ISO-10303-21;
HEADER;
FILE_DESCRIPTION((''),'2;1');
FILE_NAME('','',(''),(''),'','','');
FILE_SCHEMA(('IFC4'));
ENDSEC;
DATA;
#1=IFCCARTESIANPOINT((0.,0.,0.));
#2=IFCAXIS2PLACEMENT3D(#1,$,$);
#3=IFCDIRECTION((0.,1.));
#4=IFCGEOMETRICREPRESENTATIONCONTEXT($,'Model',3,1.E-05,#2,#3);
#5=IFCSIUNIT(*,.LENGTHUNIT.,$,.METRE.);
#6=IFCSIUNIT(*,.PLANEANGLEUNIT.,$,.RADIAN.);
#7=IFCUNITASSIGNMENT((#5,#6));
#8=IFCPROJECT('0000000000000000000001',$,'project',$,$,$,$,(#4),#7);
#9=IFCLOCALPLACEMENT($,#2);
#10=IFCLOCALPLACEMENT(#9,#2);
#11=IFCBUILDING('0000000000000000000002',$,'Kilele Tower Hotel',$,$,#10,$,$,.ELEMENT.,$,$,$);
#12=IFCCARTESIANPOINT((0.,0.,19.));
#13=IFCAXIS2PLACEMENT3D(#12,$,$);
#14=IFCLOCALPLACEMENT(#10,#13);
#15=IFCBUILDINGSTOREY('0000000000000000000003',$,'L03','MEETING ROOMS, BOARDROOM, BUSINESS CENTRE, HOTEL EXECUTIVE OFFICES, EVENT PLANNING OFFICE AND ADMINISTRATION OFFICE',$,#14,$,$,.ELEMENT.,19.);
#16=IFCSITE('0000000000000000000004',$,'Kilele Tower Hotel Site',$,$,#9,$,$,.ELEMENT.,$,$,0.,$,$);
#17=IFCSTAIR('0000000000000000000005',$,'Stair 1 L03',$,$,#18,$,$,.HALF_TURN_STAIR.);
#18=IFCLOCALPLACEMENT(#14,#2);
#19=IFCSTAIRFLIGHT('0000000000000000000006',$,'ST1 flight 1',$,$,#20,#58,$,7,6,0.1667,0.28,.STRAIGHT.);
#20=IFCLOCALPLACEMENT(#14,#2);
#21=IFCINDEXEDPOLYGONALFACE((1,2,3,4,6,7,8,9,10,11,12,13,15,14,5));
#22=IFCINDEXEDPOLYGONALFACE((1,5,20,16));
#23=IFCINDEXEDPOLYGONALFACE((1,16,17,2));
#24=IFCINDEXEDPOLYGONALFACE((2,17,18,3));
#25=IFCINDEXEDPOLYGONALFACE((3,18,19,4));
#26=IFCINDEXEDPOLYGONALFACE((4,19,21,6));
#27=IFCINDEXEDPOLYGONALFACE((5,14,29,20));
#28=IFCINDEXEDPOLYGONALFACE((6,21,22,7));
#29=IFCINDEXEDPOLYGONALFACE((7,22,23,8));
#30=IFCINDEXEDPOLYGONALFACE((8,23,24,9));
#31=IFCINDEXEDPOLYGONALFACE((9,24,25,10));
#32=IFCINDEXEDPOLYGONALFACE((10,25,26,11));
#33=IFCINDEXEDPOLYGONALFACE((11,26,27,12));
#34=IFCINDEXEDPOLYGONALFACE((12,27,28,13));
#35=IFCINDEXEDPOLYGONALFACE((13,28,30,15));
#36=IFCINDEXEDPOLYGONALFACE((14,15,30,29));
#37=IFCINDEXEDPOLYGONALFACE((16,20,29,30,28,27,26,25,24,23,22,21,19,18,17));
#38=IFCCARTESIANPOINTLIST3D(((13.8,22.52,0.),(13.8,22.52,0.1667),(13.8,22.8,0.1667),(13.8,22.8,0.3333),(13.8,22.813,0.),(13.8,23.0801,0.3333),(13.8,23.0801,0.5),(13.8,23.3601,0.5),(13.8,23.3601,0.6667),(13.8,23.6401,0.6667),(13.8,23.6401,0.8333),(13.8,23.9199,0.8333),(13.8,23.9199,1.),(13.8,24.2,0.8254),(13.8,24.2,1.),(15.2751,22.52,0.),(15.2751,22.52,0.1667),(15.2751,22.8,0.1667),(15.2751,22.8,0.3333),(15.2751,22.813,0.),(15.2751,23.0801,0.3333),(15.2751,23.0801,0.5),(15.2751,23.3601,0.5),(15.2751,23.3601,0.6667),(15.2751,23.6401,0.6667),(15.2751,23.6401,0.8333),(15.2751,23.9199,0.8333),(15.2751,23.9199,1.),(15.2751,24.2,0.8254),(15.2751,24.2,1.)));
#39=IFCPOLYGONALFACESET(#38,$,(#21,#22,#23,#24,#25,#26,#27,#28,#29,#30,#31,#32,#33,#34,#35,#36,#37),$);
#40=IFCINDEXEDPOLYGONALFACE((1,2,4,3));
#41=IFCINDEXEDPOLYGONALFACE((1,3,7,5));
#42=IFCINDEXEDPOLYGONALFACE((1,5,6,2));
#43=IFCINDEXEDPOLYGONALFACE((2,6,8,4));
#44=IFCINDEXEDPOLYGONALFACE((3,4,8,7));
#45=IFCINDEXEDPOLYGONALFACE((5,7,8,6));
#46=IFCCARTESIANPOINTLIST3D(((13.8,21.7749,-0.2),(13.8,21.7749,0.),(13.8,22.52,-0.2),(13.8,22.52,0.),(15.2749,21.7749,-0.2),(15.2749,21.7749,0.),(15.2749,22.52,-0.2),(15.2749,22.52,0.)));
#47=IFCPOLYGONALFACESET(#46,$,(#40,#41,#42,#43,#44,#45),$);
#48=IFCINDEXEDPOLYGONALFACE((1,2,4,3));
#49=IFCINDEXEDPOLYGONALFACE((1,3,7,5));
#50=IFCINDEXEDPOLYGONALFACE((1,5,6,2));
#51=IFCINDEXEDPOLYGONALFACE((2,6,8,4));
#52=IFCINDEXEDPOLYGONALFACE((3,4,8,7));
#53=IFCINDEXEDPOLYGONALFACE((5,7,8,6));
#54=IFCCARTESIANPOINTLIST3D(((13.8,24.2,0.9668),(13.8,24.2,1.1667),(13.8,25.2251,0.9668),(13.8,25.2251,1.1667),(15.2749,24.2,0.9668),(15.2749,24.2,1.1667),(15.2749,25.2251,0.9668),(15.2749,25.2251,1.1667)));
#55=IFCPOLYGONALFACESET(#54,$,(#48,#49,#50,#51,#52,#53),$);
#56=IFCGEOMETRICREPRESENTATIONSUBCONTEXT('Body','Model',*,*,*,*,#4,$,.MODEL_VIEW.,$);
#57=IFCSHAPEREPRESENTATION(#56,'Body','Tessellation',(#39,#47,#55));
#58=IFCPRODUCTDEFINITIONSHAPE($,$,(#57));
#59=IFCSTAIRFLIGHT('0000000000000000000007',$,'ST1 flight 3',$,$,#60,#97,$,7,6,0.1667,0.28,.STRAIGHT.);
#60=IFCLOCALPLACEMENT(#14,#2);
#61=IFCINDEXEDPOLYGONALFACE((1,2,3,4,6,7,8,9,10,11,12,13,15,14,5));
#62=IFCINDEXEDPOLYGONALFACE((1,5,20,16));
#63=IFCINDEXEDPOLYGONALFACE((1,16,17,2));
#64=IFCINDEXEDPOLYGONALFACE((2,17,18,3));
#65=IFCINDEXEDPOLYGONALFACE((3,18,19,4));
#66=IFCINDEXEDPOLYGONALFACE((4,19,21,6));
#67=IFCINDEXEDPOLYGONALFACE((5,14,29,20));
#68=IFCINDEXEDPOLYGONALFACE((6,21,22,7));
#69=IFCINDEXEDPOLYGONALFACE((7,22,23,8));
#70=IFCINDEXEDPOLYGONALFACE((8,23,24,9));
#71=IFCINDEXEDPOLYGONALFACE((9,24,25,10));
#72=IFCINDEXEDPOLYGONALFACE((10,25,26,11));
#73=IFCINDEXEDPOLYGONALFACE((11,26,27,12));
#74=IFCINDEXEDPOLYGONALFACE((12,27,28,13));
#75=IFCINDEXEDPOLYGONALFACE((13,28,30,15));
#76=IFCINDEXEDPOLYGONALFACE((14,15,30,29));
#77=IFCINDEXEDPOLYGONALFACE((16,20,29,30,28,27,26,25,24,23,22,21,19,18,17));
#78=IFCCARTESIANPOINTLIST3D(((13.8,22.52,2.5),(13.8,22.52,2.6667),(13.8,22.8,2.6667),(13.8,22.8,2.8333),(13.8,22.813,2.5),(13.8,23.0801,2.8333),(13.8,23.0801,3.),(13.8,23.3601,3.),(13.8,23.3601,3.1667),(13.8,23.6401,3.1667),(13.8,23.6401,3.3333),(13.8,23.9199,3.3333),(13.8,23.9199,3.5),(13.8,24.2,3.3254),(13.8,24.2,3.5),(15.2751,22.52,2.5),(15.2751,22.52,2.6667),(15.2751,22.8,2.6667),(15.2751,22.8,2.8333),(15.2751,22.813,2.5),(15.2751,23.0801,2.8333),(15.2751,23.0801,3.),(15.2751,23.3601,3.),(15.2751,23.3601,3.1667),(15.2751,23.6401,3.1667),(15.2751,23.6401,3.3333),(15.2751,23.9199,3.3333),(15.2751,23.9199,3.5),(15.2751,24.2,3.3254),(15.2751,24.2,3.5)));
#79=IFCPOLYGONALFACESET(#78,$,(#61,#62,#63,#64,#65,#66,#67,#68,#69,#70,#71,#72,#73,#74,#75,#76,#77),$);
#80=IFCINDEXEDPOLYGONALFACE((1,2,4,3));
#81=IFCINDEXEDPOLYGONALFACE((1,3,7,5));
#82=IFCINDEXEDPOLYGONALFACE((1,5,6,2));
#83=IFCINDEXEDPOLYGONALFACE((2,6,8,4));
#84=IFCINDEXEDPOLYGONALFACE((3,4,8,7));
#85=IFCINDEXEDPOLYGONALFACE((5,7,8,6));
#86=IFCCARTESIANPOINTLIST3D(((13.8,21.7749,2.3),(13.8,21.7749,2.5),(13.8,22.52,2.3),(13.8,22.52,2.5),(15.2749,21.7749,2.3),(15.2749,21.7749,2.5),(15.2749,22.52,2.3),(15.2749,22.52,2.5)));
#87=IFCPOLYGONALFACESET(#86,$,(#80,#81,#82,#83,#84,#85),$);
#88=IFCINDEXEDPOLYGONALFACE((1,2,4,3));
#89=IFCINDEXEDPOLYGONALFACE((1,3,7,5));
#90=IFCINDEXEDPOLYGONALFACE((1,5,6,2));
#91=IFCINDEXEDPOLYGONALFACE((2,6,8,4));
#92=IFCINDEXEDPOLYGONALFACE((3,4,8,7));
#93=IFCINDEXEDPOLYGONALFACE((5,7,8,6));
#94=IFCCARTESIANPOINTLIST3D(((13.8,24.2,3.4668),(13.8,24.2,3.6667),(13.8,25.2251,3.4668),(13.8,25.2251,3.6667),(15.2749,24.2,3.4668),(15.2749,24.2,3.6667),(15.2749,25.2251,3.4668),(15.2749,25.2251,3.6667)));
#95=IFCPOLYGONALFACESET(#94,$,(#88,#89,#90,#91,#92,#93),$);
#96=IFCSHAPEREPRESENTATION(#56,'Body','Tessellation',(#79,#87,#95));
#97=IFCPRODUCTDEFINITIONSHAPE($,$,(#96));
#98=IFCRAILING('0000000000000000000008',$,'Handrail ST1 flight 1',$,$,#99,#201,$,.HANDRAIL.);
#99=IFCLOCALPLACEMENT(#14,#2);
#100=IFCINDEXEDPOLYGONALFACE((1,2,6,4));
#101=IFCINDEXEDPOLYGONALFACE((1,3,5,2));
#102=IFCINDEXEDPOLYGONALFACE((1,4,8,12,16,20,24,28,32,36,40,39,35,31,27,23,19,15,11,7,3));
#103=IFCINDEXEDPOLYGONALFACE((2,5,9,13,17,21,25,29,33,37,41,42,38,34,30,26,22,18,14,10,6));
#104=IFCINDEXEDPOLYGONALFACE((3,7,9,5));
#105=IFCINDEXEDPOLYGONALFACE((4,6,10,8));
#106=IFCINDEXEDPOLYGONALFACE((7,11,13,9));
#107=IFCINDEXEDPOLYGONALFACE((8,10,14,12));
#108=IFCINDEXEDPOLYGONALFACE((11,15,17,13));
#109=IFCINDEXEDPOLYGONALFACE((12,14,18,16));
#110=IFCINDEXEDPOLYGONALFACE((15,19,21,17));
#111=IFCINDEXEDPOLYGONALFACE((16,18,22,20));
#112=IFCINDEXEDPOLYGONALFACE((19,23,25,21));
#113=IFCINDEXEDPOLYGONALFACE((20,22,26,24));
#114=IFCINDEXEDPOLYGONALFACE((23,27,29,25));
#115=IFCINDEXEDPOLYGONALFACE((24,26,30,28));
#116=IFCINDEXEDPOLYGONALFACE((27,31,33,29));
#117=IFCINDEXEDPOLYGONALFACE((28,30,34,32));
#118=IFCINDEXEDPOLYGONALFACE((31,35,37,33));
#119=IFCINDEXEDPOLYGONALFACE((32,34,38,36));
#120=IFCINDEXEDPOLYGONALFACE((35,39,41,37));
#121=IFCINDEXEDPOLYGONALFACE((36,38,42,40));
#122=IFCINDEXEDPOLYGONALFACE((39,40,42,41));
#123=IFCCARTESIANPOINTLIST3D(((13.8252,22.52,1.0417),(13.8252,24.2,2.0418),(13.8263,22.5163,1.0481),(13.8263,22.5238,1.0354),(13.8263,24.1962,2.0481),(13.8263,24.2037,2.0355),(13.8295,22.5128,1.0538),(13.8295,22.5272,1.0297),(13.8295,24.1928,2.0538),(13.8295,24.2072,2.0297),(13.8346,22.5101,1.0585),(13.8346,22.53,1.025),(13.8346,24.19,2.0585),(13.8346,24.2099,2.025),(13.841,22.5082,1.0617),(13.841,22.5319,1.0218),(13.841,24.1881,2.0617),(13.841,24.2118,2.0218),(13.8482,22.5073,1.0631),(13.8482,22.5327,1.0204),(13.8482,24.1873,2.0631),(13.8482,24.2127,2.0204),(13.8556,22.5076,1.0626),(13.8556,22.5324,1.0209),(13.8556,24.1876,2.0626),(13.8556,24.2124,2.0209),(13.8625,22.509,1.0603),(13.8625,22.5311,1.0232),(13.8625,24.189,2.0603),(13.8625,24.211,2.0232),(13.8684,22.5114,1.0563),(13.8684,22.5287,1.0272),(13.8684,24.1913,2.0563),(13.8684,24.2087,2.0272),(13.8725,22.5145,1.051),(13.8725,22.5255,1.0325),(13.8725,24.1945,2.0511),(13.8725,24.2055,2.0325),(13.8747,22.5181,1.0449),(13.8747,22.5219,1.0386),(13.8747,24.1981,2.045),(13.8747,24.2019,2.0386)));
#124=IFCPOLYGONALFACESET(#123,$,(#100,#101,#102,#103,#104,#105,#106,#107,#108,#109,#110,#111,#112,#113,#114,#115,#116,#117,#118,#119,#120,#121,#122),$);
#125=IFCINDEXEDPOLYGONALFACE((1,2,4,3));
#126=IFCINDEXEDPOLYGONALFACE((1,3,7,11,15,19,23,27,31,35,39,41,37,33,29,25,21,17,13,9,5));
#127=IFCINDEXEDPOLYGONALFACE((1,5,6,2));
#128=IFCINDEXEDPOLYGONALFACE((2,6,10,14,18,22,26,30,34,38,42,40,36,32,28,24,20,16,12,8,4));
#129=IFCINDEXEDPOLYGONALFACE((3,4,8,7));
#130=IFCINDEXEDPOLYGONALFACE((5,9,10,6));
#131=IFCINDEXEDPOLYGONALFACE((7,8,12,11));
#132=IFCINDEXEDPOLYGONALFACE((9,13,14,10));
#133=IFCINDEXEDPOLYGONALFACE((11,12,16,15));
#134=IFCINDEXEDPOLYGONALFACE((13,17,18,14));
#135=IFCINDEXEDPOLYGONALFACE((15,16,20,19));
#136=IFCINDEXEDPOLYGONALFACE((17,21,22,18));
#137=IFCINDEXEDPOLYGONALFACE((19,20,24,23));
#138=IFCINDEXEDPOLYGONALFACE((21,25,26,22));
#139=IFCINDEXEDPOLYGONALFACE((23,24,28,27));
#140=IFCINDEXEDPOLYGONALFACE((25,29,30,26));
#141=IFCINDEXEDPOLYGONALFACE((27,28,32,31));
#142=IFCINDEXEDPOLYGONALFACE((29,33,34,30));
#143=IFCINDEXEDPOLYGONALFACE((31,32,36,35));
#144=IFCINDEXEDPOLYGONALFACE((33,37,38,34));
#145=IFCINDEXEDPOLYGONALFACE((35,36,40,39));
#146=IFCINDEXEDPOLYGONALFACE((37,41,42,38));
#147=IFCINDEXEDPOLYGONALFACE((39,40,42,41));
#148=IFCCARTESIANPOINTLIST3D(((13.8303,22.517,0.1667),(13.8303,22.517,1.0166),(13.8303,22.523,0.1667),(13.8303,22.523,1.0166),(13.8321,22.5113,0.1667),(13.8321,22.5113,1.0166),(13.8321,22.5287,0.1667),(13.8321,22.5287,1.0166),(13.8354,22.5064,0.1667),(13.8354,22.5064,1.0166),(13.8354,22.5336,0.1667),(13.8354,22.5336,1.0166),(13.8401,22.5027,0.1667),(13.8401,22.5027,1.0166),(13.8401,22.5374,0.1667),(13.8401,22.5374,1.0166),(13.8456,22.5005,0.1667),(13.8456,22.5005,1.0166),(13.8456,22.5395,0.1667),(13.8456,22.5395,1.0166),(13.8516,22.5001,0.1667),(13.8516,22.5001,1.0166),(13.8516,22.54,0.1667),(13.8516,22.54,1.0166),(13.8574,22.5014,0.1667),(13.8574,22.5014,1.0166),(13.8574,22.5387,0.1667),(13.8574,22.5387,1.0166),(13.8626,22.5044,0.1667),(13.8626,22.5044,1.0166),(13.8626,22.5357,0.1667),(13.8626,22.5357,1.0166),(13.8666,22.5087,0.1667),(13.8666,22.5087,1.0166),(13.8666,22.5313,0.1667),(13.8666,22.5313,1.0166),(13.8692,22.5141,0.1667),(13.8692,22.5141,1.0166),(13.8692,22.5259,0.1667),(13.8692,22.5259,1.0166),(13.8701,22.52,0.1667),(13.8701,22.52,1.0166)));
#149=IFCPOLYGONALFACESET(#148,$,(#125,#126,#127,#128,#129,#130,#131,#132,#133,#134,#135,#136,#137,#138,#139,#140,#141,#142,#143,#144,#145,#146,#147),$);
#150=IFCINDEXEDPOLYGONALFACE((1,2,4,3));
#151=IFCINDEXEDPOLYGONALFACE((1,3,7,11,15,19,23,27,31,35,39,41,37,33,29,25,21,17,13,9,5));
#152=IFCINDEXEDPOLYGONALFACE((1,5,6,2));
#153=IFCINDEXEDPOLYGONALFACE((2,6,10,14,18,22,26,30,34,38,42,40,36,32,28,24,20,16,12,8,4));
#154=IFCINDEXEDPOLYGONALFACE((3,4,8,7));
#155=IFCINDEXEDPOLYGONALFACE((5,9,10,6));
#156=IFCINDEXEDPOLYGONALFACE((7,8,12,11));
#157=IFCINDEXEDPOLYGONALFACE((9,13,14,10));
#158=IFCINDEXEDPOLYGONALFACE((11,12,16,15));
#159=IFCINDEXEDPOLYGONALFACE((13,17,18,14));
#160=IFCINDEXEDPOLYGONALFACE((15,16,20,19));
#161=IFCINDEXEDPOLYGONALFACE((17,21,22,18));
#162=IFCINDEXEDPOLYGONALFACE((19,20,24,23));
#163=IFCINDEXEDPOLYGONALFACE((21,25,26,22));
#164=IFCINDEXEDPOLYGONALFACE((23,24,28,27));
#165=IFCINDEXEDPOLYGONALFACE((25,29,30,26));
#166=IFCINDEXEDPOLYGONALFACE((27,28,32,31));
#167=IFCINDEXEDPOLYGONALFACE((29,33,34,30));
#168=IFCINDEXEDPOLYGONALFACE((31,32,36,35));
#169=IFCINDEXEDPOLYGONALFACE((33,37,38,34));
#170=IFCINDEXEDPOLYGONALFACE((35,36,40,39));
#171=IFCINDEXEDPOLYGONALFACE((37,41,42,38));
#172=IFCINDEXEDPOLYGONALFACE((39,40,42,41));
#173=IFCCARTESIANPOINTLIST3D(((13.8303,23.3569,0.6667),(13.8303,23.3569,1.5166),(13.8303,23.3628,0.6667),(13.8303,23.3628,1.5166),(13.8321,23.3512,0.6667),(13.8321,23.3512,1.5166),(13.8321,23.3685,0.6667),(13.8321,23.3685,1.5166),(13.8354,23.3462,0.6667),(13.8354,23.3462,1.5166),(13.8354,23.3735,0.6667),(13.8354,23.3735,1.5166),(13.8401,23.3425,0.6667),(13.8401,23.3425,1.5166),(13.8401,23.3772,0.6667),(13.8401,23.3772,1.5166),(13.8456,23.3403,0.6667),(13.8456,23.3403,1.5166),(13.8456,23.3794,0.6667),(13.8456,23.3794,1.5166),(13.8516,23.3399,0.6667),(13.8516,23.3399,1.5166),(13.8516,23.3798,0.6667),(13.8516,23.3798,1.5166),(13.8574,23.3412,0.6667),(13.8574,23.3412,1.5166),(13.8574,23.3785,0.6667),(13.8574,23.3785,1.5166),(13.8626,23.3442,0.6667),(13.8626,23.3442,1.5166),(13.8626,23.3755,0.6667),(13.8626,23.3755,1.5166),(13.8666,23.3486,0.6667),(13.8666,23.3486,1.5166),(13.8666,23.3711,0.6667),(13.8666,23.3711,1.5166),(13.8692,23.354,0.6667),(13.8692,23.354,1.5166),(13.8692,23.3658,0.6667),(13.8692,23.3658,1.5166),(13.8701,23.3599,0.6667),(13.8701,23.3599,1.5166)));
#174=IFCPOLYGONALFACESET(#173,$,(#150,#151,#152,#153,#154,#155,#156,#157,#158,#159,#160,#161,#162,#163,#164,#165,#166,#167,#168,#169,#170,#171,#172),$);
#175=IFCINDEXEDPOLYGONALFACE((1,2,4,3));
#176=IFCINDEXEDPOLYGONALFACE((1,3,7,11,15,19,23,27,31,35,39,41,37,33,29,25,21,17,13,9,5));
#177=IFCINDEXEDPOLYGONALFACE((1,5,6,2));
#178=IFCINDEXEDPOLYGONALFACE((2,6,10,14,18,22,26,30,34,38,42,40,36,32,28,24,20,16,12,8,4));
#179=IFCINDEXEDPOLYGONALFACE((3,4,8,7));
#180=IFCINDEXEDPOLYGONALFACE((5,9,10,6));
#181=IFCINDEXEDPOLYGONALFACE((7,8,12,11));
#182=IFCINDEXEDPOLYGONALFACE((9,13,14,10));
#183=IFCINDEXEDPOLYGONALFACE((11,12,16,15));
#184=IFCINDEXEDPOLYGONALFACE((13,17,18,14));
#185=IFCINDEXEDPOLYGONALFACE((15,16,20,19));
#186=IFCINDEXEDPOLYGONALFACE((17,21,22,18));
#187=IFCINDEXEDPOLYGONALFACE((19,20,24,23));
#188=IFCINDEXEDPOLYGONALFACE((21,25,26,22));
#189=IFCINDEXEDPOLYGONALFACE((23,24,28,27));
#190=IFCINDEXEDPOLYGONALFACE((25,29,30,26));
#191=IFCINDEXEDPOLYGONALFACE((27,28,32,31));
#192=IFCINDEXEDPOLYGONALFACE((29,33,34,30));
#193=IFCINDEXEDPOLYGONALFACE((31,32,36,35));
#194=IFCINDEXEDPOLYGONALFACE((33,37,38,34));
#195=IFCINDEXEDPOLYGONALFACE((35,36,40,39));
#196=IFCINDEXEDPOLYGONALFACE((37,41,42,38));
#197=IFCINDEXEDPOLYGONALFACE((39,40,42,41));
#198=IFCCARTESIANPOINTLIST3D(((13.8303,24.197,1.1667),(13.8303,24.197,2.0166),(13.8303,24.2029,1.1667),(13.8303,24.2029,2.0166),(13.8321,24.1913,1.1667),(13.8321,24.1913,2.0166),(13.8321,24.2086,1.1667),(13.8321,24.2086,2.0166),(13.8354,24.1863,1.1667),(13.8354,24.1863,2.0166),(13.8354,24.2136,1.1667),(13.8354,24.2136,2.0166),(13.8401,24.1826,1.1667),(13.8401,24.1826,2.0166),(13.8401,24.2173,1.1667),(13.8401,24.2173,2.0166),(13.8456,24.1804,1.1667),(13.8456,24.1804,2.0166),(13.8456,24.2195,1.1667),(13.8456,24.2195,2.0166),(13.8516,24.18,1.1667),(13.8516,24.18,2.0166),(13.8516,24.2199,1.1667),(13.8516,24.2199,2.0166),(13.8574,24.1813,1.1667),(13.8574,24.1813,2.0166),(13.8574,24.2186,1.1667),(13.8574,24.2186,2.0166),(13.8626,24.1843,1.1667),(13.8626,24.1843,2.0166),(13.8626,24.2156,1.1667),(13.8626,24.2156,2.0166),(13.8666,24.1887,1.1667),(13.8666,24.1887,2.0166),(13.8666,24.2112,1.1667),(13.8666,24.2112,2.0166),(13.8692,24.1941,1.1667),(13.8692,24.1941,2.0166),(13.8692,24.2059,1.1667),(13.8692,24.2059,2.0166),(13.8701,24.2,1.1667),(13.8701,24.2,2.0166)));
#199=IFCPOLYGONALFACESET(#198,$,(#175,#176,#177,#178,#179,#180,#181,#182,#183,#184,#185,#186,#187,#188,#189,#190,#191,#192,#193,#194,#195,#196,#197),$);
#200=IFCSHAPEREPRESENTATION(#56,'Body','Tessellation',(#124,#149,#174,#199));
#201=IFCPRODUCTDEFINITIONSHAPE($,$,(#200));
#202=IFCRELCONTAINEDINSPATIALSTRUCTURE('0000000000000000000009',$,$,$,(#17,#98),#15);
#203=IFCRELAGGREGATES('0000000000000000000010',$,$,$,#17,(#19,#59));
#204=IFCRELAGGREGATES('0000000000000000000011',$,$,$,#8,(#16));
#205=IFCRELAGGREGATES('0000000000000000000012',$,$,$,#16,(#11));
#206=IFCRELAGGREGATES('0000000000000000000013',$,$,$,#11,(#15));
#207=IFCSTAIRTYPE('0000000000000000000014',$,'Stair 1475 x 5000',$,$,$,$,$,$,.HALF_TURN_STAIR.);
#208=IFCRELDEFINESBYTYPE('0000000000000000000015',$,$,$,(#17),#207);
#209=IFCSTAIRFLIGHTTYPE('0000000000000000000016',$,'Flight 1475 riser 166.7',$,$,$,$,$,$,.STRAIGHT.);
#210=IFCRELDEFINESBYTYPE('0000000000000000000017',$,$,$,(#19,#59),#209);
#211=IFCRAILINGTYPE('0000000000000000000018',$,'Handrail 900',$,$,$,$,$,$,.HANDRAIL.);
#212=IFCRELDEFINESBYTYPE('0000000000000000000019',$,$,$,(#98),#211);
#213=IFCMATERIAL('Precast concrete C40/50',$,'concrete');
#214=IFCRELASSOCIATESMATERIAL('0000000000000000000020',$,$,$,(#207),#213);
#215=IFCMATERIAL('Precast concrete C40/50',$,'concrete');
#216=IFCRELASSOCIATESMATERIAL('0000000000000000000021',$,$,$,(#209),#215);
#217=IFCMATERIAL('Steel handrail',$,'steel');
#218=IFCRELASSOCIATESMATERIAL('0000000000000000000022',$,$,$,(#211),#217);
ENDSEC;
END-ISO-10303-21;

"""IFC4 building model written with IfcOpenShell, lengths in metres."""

from ifc_helpers import new_model, si_unit, direction, frame, origin, origin_2d, place, context, subcontext, project, spatial, polyline, circle, outline, extrude, material, type_object, element, aggregate, save


model = new_model("IFC4")

# Units and contexts
model_context = context("Model", 3, precision=1e-05, world=origin(), true_north=direction((0.0, 1.0)))
body_context = subcontext(model_context, "Body", "Model", "MODEL_VIEW")
ifc_project = project(units=[si_unit("LENGTHUNIT", "METRE"), si_unit("PLANEANGLEUNIT", "RADIAN")], contexts=[model_context])

# Site, building, storey
site_placement = place(None, origin())
site = spatial("IfcSite", under=ifc_project, at=site_placement, Name="Kilele Tower Hotel Site", CompositionType="ELEMENT", RefElevation=0.0)
building_placement = place(site_placement, origin())
building = spatial("IfcBuilding", under=site, at=building_placement, Name="Kilele Tower Hotel", CompositionType="ELEMENT")
storey_placement = place(building_placement, frame((0.0, 0.0, 19.0)))
storey = spatial("IfcBuildingStorey", under=building, at=storey_placement, Name="L03", Description="MEETING ROOMS, BOARDROOM, BUSINESS CENTRE, HOTEL EXECUTIVE OFFICES, EVENT PLANNING OFFICE AND ADMINISTRATION OFFICE", CompositionType="ELEMENT", Elevation=19.0)

# Stair, stair flights
ifc_material_1 = material(Name="Precast concrete C40/50", Category="concrete")
stair_type = type_object("IfcStairType", Name="Stair 1475 x 5000", PredefinedType="HALF_TURN_STAIR", material=ifc_material_1)
stair_placement = place(storey_placement, origin())
stair = element("IfcStair", 1, at=stair_placement, inside=storey, type_object=stair_type, Name="Stair 1 L03", PredefinedType="HALF_TURN_STAIR")
ifc_material_2 = material(Name="Precast concrete C40/50", Category="concrete")
stair_flight_type = type_object("IfcStairFlightType", Name="Flight 1475 riser 166.7", PredefinedType="STRAIGHT", material=ifc_material_2)
stair_flight_1_placement = place(storey_placement, frame((14.5376, 22.52, 0.0), z_axis=(0.0, 0.0, 1.0), x_axis=(0.0, 1.0, 0.0)))
stair_flight_1 = element("IfcStairFlight", 2, at=stair_flight_1_placement, type_object=stair_flight_type, Name="ST1 flight 1", NumberOfRisers=7, NumberOfTreads=6, PredefinedType="STRAIGHT", RiserHeight=0.1667, TreadLength=0.28, context=body_context, shape_type="SweptSolid", body=[
    extrude(outline(polyline([(0.0, 0.0), (0.0, 0.1667), (0.28, 0.1667), (0.28, 0.3333), (0.5601, 0.3333), (0.5601, 0.5), (0.8401, 0.5), (0.8401, 0.6667), (1.1201, 0.6667), (1.1201, 0.8333), (1.3999, 0.8333), (1.3999, 1.0), (1.6799, 1.0), (1.6799, 1.1667), (1.6799, 0.8254), (0.293, 0.0), (0.0, 0.0)])), frame((0.0, 0.7375, 0.0), z_axis=(0.0, -1.0, 0.0), x_axis=(1.0, 0.0, 0.0)), (0.0, 0.0, 1.0), 1.4751),
    extrude(outline(polyline([(-0.7451, 0.7375), (-0.7451, -0.7373), (0.0, -0.7373), (0.0, 0.7375), (-0.7451, 0.7375)])), frame((0.0, 0.0, -0.2)), (0.0, 0.0, 1.0), 0.2),
    extrude(outline(polyline([(1.6799, 0.7375), (1.6799, -0.7373), (2.7051, -0.7373), (2.7051, 0.7375), (1.6799, 0.7375)])), frame((0.0, 0.0, 0.9668)), (0.0, 0.0, 1.0), 0.2),
])
stair_flight_2_placement = place(storey_placement, frame((14.5376, 22.52, 2.5), z_axis=(0.0, 0.0, 1.0), x_axis=(0.0, 1.0, 0.0)))
stair_flight_2 = element("IfcStairFlight", 3, at=stair_flight_2_placement, type_object=stair_flight_type, Name="ST1 flight 3", NumberOfRisers=7, NumberOfTreads=6, PredefinedType="STRAIGHT", RiserHeight=0.1667, TreadLength=0.28, context=body_context, shape_type="SweptSolid", body=[
    extrude(outline(polyline([(0.0, 0.0), (0.0, 0.1667), (0.28, 0.1667), (0.28, 0.3333), (0.5601, 0.3333), (0.5601, 0.5), (0.8401, 0.5), (0.8401, 0.6667), (1.1201, 0.6667), (1.1201, 0.8333), (1.3999, 0.8333), (1.3999, 1.0), (1.6799, 1.0), (1.6799, 1.1667), (1.6799, 0.8254), (0.293, 0.0), (0.0, 0.0)])), frame((0.0, 0.7375, 0.0), z_axis=(0.0, -1.0, 0.0), x_axis=(1.0, 0.0, 0.0)), (0.0, 0.0, 1.0), 1.4751),
    extrude(outline(polyline([(-0.7451, 0.7375), (-0.7451, -0.7373), (0.0, -0.7373), (0.0, 0.7375), (-0.7451, 0.7375)])), frame((0.0, 0.0, -0.2)), (0.0, 0.0, 1.0), 0.2),
    extrude(outline(polyline([(1.6799, 0.7375), (1.6799, -0.7373), (2.7051, -0.7373), (2.7051, 0.7375), (1.6799, 0.7375)])), frame((0.0, 0.0, 0.9668)), (0.0, 0.0, 1.0), 0.2),
])
aggregate(stair, [stair_flight_1, stair_flight_2])

# Railing
ifc_material_3 = material(Name="Steel handrail", Category="steel")
railing_type_1 = type_object("IfcRailingType", Name="Handrail 900", PredefinedType="HANDRAIL", material=ifc_material_3)
for number, where, name in (
    (4, (13.8501, 22.52, 0.1667), "Handrail ST1 flight 1"),
):
    element("IfcRailing", number, at=place(storey_placement, frame(where)), inside=storey, type_object=railing_type_1, Name=name, PredefinedType="HANDRAIL", context=body_context, shape_type="SweptSolid", body=[
        extrude(circle(Radius=0.0249, at=origin_2d()), frame((0.0, 0.0, 0.875), z_axis=(0.0, 0.859284, 0.511499), x_axis=(-1.0, 0.0, 0.0)), (0.0, 0.0, 1.0), 1.9551),
        extrude(circle(Radius=0.02, at=origin_2d()), origin(), (0.0, 0.0, 1.0), 0.8499),
        extrude(circle(Radius=0.02, at=origin_2d()), frame((0.0, 0.8398, 0.5)), (0.0, 0.0, 1.0), 0.8499),
        extrude(circle(Radius=0.02, at=origin_2d()), frame((0.0, 1.6799, 1.0)), (0.0, 0.0, 1.0), 0.8499),
    ])

save(model, "model.ifc")
